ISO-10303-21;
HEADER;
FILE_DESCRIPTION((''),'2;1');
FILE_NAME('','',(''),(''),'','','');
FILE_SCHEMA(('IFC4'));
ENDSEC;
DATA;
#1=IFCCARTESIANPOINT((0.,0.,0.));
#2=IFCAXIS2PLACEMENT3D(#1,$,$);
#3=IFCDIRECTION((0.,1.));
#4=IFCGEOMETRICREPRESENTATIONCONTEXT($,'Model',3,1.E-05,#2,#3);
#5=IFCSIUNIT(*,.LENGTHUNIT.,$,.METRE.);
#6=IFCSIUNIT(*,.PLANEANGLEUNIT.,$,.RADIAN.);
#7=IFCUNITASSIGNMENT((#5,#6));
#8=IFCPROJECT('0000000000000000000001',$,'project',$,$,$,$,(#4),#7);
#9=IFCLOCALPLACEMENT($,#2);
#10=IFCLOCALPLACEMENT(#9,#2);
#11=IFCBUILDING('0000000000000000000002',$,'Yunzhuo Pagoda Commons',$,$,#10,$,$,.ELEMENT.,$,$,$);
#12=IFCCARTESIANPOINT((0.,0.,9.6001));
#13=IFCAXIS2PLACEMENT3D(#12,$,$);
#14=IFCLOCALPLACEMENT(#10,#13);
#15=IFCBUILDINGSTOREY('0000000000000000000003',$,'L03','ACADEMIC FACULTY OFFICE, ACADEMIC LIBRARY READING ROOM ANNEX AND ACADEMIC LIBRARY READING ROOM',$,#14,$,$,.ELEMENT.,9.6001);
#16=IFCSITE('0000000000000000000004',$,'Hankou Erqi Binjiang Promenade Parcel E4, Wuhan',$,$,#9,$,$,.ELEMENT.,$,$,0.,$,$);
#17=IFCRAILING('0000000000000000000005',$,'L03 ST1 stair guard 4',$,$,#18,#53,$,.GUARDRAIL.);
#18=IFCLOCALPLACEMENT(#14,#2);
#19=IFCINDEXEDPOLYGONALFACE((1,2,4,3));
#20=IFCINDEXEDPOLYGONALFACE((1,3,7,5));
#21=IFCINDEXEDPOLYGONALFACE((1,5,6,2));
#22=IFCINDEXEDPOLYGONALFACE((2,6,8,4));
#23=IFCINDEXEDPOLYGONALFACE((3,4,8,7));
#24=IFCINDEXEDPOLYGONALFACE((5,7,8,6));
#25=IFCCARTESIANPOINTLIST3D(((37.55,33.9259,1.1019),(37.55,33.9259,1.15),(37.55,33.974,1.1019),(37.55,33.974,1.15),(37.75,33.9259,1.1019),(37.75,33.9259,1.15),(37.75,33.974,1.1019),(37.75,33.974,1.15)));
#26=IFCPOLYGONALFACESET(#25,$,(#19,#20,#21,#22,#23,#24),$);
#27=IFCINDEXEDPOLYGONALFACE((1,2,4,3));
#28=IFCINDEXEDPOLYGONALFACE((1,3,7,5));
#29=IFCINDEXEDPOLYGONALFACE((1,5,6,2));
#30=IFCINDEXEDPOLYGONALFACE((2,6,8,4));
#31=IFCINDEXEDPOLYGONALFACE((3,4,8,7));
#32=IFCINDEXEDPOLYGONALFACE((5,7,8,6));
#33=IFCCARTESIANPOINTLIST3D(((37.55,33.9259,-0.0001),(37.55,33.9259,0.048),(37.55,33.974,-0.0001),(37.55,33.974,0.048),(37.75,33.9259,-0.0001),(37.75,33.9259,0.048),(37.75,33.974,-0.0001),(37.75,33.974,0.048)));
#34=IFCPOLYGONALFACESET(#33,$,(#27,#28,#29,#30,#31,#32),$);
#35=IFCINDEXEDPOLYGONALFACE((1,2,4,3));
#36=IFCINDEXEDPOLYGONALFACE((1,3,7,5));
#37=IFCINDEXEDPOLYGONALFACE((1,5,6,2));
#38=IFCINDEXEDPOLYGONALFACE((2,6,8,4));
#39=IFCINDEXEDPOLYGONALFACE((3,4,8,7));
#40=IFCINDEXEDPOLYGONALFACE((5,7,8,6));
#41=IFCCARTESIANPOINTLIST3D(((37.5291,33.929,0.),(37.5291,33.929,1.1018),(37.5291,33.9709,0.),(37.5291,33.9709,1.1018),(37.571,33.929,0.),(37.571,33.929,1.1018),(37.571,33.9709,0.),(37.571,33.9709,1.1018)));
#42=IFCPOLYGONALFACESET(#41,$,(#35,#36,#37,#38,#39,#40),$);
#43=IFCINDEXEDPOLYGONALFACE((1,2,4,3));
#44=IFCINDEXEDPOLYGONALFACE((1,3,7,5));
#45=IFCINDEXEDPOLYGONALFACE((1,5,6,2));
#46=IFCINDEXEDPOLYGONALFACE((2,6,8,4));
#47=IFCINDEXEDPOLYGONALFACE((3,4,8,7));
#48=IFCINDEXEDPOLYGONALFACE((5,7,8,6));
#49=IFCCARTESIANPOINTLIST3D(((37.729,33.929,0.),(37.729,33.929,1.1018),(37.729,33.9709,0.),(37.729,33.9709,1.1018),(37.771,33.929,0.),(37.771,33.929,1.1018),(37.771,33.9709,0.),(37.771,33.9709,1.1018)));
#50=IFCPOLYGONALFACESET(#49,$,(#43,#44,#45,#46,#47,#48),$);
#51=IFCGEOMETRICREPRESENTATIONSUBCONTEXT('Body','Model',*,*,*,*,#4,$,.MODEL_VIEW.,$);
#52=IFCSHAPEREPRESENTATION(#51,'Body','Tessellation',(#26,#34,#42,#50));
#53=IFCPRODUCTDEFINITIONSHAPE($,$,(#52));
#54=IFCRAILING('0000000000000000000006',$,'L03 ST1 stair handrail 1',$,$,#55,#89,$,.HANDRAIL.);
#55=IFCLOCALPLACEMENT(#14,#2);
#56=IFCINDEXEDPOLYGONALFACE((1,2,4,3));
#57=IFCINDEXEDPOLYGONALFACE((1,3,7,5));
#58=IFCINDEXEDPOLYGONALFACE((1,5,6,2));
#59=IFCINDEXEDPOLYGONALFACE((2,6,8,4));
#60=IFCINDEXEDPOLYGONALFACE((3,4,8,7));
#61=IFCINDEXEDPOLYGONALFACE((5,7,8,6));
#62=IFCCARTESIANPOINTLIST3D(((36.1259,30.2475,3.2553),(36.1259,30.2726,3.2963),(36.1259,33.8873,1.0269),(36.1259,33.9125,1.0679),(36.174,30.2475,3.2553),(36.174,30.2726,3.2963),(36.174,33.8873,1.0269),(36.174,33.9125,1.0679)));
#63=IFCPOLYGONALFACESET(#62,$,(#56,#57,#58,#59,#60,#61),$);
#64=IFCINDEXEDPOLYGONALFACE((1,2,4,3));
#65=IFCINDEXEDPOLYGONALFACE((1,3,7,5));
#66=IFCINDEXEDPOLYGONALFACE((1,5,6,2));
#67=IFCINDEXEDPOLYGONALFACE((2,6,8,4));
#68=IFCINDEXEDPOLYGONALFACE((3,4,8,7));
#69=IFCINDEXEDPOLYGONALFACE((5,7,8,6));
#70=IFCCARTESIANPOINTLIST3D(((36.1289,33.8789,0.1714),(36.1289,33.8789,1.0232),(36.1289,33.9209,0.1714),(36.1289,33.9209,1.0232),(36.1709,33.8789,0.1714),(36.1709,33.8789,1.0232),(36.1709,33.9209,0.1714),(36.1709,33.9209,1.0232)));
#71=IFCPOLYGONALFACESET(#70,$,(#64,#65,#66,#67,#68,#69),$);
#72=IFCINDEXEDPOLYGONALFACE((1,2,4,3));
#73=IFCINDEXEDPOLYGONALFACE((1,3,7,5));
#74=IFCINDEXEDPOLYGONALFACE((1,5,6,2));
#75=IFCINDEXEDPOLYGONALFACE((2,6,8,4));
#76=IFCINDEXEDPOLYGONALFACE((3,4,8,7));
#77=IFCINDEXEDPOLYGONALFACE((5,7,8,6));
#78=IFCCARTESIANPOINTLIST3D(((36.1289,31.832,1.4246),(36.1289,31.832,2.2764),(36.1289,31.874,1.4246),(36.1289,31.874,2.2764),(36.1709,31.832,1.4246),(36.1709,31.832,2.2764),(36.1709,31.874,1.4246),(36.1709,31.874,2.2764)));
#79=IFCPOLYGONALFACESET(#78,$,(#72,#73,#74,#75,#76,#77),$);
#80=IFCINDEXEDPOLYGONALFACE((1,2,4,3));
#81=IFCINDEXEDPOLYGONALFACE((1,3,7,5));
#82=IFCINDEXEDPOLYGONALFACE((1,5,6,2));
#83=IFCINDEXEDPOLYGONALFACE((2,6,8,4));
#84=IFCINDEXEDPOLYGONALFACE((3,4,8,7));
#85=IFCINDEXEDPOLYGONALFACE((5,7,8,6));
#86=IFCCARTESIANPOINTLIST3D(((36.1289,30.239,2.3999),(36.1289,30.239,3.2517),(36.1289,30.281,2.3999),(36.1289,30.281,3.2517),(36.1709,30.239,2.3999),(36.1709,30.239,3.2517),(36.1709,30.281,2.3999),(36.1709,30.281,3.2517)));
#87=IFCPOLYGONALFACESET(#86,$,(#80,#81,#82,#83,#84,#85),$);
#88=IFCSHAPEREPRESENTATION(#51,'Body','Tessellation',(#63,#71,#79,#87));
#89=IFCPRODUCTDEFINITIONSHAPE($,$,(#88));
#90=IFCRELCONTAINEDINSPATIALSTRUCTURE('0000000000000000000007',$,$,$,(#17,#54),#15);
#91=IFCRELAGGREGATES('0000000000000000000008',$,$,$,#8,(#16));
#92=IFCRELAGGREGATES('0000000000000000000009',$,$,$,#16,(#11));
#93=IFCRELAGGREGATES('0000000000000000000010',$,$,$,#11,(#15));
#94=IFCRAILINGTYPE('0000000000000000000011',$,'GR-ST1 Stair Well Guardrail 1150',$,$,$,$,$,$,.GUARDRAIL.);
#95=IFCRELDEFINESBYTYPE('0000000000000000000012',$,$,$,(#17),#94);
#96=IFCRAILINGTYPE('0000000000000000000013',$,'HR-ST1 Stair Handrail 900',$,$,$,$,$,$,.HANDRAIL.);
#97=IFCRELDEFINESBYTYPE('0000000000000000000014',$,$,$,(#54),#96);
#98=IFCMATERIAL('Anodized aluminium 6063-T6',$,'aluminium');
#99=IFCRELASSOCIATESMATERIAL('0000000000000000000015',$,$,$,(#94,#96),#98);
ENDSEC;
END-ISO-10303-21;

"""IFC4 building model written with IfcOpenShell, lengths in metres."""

from ifc_helpers import new_model, si_unit, direction, frame, origin, origin_2d, place, context, subcontext, project, spatial, rectangle, extrude, material, type_object, element, save


model = new_model("IFC4")

# Units and contexts
model_context = context("Model", 3, precision=1e-05, world=origin(), true_north=direction((0.0, 1.0)))
body_context = subcontext(model_context, "Body", "Model", "MODEL_VIEW")
ifc_project = project(units=[si_unit("LENGTHUNIT", "METRE"), si_unit("PLANEANGLEUNIT", "RADIAN")], contexts=[model_context])

# Site, building, storey
site_placement = place(None, origin())
site = spatial("IfcSite", under=ifc_project, at=site_placement, Name="Hankou Erqi Binjiang Promenade Parcel E4, Wuhan", CompositionType="ELEMENT", RefElevation=0.0)
building_placement = place(site_placement, origin())
building = spatial("IfcBuilding", under=site, at=building_placement, Name="Yunzhuo Pagoda Commons", CompositionType="ELEMENT")
storey_placement = place(building_placement, frame((0.0, 0.0, 9.6001)))
storey = spatial("IfcBuildingStorey", under=building, at=storey_placement, Name="L03", Description="ACADEMIC FACULTY OFFICE, ACADEMIC LIBRARY READING ROOM ANNEX AND ACADEMIC LIBRARY READING ROOM", CompositionType="ELEMENT", Elevation=9.6001)

# Railings
ifc_material_1 = material(Name="Anodized aluminium 6063-T6", Category="aluminium")
railing_type_1 = type_object("IfcRailingType", Name="GR-ST1 Stair Well Guardrail 1150", PredefinedType="GUARDRAIL", material=ifc_material_1)
railing_1_placement = place(storey_placement, frame((37.55, 33.95, 0.0)))
element("IfcRailing", 1, at=railing_1_placement, inside=storey, type_object=railing_type_1, Name="L03 ST1 stair guard 4", PredefinedType="GUARDRAIL", context=body_context, shape_type="SweptSolid", body=[
    extrude(rectangle(XDim=0.0481, YDim=0.0481, at=origin_2d()), frame((0.0, 0.0, 1.126), z_axis=(1.0, 0.0, 0.0), x_axis=(0.0, 1.0, 0.0)), (0.0, 0.0, 1.0), 0.2),
    extrude(rectangle(XDim=0.0481, YDim=0.0481, at=origin_2d()), frame((0.0, 0.0, 0.0239), z_axis=(1.0, 0.0, 0.0), x_axis=(0.0, 1.0, 0.0)), (0.0, 0.0, 1.0), 0.2),
    extrude(rectangle(XDim=0.042, YDim=0.042, at=origin_2d()), origin(), (0.0, 0.0, 1.0), 1.1018),
    extrude(rectangle(XDim=0.042, YDim=0.042, at=origin_2d()), frame((0.2, 0.0, 0.0)), (0.0, 0.0, 1.0), 1.1018),
])
railing_type_2 = type_object("IfcRailingType", Name="HR-ST1 Stair Handrail 900", PredefinedType="HANDRAIL", material=ifc_material_1)
railing_2_placement = place(storey_placement, frame((36.1499, 33.8999, 0.1714)))
element("IfcRailing", 2, at=railing_2_placement, inside=storey, type_object=railing_type_2, Name="L03 ST1 stair handrail 1", PredefinedType="HANDRAIL", context=body_context, shape_type="SweptSolid", body=[
    extrude(rectangle(XDim=0.0481, YDim=0.0481, at=origin_2d()), frame((0.0, 0.0, 0.876), z_axis=(0.0, -0.85285, 0.522156), x_axis=(1.0, 0.0, 0.0)), (0.0, 0.0, 1.0), 4.2678),
    extrude(rectangle(XDim=0.042, YDim=0.042, at=origin_2d()), origin(), (0.0, 0.0, 1.0), 0.8518),
    extrude(rectangle(XDim=0.042, YDim=0.042, at=origin_2d()), frame((0.0, -2.0469, 1.2532)), (0.0, 0.0, 1.0), 0.8518),
    extrude(rectangle(XDim=0.042, YDim=0.042, at=origin_2d()), frame((0.0, -3.6399, 2.2285)), (0.0, 0.0, 1.0), 0.8518),
])

save(model, "model.ifc")
